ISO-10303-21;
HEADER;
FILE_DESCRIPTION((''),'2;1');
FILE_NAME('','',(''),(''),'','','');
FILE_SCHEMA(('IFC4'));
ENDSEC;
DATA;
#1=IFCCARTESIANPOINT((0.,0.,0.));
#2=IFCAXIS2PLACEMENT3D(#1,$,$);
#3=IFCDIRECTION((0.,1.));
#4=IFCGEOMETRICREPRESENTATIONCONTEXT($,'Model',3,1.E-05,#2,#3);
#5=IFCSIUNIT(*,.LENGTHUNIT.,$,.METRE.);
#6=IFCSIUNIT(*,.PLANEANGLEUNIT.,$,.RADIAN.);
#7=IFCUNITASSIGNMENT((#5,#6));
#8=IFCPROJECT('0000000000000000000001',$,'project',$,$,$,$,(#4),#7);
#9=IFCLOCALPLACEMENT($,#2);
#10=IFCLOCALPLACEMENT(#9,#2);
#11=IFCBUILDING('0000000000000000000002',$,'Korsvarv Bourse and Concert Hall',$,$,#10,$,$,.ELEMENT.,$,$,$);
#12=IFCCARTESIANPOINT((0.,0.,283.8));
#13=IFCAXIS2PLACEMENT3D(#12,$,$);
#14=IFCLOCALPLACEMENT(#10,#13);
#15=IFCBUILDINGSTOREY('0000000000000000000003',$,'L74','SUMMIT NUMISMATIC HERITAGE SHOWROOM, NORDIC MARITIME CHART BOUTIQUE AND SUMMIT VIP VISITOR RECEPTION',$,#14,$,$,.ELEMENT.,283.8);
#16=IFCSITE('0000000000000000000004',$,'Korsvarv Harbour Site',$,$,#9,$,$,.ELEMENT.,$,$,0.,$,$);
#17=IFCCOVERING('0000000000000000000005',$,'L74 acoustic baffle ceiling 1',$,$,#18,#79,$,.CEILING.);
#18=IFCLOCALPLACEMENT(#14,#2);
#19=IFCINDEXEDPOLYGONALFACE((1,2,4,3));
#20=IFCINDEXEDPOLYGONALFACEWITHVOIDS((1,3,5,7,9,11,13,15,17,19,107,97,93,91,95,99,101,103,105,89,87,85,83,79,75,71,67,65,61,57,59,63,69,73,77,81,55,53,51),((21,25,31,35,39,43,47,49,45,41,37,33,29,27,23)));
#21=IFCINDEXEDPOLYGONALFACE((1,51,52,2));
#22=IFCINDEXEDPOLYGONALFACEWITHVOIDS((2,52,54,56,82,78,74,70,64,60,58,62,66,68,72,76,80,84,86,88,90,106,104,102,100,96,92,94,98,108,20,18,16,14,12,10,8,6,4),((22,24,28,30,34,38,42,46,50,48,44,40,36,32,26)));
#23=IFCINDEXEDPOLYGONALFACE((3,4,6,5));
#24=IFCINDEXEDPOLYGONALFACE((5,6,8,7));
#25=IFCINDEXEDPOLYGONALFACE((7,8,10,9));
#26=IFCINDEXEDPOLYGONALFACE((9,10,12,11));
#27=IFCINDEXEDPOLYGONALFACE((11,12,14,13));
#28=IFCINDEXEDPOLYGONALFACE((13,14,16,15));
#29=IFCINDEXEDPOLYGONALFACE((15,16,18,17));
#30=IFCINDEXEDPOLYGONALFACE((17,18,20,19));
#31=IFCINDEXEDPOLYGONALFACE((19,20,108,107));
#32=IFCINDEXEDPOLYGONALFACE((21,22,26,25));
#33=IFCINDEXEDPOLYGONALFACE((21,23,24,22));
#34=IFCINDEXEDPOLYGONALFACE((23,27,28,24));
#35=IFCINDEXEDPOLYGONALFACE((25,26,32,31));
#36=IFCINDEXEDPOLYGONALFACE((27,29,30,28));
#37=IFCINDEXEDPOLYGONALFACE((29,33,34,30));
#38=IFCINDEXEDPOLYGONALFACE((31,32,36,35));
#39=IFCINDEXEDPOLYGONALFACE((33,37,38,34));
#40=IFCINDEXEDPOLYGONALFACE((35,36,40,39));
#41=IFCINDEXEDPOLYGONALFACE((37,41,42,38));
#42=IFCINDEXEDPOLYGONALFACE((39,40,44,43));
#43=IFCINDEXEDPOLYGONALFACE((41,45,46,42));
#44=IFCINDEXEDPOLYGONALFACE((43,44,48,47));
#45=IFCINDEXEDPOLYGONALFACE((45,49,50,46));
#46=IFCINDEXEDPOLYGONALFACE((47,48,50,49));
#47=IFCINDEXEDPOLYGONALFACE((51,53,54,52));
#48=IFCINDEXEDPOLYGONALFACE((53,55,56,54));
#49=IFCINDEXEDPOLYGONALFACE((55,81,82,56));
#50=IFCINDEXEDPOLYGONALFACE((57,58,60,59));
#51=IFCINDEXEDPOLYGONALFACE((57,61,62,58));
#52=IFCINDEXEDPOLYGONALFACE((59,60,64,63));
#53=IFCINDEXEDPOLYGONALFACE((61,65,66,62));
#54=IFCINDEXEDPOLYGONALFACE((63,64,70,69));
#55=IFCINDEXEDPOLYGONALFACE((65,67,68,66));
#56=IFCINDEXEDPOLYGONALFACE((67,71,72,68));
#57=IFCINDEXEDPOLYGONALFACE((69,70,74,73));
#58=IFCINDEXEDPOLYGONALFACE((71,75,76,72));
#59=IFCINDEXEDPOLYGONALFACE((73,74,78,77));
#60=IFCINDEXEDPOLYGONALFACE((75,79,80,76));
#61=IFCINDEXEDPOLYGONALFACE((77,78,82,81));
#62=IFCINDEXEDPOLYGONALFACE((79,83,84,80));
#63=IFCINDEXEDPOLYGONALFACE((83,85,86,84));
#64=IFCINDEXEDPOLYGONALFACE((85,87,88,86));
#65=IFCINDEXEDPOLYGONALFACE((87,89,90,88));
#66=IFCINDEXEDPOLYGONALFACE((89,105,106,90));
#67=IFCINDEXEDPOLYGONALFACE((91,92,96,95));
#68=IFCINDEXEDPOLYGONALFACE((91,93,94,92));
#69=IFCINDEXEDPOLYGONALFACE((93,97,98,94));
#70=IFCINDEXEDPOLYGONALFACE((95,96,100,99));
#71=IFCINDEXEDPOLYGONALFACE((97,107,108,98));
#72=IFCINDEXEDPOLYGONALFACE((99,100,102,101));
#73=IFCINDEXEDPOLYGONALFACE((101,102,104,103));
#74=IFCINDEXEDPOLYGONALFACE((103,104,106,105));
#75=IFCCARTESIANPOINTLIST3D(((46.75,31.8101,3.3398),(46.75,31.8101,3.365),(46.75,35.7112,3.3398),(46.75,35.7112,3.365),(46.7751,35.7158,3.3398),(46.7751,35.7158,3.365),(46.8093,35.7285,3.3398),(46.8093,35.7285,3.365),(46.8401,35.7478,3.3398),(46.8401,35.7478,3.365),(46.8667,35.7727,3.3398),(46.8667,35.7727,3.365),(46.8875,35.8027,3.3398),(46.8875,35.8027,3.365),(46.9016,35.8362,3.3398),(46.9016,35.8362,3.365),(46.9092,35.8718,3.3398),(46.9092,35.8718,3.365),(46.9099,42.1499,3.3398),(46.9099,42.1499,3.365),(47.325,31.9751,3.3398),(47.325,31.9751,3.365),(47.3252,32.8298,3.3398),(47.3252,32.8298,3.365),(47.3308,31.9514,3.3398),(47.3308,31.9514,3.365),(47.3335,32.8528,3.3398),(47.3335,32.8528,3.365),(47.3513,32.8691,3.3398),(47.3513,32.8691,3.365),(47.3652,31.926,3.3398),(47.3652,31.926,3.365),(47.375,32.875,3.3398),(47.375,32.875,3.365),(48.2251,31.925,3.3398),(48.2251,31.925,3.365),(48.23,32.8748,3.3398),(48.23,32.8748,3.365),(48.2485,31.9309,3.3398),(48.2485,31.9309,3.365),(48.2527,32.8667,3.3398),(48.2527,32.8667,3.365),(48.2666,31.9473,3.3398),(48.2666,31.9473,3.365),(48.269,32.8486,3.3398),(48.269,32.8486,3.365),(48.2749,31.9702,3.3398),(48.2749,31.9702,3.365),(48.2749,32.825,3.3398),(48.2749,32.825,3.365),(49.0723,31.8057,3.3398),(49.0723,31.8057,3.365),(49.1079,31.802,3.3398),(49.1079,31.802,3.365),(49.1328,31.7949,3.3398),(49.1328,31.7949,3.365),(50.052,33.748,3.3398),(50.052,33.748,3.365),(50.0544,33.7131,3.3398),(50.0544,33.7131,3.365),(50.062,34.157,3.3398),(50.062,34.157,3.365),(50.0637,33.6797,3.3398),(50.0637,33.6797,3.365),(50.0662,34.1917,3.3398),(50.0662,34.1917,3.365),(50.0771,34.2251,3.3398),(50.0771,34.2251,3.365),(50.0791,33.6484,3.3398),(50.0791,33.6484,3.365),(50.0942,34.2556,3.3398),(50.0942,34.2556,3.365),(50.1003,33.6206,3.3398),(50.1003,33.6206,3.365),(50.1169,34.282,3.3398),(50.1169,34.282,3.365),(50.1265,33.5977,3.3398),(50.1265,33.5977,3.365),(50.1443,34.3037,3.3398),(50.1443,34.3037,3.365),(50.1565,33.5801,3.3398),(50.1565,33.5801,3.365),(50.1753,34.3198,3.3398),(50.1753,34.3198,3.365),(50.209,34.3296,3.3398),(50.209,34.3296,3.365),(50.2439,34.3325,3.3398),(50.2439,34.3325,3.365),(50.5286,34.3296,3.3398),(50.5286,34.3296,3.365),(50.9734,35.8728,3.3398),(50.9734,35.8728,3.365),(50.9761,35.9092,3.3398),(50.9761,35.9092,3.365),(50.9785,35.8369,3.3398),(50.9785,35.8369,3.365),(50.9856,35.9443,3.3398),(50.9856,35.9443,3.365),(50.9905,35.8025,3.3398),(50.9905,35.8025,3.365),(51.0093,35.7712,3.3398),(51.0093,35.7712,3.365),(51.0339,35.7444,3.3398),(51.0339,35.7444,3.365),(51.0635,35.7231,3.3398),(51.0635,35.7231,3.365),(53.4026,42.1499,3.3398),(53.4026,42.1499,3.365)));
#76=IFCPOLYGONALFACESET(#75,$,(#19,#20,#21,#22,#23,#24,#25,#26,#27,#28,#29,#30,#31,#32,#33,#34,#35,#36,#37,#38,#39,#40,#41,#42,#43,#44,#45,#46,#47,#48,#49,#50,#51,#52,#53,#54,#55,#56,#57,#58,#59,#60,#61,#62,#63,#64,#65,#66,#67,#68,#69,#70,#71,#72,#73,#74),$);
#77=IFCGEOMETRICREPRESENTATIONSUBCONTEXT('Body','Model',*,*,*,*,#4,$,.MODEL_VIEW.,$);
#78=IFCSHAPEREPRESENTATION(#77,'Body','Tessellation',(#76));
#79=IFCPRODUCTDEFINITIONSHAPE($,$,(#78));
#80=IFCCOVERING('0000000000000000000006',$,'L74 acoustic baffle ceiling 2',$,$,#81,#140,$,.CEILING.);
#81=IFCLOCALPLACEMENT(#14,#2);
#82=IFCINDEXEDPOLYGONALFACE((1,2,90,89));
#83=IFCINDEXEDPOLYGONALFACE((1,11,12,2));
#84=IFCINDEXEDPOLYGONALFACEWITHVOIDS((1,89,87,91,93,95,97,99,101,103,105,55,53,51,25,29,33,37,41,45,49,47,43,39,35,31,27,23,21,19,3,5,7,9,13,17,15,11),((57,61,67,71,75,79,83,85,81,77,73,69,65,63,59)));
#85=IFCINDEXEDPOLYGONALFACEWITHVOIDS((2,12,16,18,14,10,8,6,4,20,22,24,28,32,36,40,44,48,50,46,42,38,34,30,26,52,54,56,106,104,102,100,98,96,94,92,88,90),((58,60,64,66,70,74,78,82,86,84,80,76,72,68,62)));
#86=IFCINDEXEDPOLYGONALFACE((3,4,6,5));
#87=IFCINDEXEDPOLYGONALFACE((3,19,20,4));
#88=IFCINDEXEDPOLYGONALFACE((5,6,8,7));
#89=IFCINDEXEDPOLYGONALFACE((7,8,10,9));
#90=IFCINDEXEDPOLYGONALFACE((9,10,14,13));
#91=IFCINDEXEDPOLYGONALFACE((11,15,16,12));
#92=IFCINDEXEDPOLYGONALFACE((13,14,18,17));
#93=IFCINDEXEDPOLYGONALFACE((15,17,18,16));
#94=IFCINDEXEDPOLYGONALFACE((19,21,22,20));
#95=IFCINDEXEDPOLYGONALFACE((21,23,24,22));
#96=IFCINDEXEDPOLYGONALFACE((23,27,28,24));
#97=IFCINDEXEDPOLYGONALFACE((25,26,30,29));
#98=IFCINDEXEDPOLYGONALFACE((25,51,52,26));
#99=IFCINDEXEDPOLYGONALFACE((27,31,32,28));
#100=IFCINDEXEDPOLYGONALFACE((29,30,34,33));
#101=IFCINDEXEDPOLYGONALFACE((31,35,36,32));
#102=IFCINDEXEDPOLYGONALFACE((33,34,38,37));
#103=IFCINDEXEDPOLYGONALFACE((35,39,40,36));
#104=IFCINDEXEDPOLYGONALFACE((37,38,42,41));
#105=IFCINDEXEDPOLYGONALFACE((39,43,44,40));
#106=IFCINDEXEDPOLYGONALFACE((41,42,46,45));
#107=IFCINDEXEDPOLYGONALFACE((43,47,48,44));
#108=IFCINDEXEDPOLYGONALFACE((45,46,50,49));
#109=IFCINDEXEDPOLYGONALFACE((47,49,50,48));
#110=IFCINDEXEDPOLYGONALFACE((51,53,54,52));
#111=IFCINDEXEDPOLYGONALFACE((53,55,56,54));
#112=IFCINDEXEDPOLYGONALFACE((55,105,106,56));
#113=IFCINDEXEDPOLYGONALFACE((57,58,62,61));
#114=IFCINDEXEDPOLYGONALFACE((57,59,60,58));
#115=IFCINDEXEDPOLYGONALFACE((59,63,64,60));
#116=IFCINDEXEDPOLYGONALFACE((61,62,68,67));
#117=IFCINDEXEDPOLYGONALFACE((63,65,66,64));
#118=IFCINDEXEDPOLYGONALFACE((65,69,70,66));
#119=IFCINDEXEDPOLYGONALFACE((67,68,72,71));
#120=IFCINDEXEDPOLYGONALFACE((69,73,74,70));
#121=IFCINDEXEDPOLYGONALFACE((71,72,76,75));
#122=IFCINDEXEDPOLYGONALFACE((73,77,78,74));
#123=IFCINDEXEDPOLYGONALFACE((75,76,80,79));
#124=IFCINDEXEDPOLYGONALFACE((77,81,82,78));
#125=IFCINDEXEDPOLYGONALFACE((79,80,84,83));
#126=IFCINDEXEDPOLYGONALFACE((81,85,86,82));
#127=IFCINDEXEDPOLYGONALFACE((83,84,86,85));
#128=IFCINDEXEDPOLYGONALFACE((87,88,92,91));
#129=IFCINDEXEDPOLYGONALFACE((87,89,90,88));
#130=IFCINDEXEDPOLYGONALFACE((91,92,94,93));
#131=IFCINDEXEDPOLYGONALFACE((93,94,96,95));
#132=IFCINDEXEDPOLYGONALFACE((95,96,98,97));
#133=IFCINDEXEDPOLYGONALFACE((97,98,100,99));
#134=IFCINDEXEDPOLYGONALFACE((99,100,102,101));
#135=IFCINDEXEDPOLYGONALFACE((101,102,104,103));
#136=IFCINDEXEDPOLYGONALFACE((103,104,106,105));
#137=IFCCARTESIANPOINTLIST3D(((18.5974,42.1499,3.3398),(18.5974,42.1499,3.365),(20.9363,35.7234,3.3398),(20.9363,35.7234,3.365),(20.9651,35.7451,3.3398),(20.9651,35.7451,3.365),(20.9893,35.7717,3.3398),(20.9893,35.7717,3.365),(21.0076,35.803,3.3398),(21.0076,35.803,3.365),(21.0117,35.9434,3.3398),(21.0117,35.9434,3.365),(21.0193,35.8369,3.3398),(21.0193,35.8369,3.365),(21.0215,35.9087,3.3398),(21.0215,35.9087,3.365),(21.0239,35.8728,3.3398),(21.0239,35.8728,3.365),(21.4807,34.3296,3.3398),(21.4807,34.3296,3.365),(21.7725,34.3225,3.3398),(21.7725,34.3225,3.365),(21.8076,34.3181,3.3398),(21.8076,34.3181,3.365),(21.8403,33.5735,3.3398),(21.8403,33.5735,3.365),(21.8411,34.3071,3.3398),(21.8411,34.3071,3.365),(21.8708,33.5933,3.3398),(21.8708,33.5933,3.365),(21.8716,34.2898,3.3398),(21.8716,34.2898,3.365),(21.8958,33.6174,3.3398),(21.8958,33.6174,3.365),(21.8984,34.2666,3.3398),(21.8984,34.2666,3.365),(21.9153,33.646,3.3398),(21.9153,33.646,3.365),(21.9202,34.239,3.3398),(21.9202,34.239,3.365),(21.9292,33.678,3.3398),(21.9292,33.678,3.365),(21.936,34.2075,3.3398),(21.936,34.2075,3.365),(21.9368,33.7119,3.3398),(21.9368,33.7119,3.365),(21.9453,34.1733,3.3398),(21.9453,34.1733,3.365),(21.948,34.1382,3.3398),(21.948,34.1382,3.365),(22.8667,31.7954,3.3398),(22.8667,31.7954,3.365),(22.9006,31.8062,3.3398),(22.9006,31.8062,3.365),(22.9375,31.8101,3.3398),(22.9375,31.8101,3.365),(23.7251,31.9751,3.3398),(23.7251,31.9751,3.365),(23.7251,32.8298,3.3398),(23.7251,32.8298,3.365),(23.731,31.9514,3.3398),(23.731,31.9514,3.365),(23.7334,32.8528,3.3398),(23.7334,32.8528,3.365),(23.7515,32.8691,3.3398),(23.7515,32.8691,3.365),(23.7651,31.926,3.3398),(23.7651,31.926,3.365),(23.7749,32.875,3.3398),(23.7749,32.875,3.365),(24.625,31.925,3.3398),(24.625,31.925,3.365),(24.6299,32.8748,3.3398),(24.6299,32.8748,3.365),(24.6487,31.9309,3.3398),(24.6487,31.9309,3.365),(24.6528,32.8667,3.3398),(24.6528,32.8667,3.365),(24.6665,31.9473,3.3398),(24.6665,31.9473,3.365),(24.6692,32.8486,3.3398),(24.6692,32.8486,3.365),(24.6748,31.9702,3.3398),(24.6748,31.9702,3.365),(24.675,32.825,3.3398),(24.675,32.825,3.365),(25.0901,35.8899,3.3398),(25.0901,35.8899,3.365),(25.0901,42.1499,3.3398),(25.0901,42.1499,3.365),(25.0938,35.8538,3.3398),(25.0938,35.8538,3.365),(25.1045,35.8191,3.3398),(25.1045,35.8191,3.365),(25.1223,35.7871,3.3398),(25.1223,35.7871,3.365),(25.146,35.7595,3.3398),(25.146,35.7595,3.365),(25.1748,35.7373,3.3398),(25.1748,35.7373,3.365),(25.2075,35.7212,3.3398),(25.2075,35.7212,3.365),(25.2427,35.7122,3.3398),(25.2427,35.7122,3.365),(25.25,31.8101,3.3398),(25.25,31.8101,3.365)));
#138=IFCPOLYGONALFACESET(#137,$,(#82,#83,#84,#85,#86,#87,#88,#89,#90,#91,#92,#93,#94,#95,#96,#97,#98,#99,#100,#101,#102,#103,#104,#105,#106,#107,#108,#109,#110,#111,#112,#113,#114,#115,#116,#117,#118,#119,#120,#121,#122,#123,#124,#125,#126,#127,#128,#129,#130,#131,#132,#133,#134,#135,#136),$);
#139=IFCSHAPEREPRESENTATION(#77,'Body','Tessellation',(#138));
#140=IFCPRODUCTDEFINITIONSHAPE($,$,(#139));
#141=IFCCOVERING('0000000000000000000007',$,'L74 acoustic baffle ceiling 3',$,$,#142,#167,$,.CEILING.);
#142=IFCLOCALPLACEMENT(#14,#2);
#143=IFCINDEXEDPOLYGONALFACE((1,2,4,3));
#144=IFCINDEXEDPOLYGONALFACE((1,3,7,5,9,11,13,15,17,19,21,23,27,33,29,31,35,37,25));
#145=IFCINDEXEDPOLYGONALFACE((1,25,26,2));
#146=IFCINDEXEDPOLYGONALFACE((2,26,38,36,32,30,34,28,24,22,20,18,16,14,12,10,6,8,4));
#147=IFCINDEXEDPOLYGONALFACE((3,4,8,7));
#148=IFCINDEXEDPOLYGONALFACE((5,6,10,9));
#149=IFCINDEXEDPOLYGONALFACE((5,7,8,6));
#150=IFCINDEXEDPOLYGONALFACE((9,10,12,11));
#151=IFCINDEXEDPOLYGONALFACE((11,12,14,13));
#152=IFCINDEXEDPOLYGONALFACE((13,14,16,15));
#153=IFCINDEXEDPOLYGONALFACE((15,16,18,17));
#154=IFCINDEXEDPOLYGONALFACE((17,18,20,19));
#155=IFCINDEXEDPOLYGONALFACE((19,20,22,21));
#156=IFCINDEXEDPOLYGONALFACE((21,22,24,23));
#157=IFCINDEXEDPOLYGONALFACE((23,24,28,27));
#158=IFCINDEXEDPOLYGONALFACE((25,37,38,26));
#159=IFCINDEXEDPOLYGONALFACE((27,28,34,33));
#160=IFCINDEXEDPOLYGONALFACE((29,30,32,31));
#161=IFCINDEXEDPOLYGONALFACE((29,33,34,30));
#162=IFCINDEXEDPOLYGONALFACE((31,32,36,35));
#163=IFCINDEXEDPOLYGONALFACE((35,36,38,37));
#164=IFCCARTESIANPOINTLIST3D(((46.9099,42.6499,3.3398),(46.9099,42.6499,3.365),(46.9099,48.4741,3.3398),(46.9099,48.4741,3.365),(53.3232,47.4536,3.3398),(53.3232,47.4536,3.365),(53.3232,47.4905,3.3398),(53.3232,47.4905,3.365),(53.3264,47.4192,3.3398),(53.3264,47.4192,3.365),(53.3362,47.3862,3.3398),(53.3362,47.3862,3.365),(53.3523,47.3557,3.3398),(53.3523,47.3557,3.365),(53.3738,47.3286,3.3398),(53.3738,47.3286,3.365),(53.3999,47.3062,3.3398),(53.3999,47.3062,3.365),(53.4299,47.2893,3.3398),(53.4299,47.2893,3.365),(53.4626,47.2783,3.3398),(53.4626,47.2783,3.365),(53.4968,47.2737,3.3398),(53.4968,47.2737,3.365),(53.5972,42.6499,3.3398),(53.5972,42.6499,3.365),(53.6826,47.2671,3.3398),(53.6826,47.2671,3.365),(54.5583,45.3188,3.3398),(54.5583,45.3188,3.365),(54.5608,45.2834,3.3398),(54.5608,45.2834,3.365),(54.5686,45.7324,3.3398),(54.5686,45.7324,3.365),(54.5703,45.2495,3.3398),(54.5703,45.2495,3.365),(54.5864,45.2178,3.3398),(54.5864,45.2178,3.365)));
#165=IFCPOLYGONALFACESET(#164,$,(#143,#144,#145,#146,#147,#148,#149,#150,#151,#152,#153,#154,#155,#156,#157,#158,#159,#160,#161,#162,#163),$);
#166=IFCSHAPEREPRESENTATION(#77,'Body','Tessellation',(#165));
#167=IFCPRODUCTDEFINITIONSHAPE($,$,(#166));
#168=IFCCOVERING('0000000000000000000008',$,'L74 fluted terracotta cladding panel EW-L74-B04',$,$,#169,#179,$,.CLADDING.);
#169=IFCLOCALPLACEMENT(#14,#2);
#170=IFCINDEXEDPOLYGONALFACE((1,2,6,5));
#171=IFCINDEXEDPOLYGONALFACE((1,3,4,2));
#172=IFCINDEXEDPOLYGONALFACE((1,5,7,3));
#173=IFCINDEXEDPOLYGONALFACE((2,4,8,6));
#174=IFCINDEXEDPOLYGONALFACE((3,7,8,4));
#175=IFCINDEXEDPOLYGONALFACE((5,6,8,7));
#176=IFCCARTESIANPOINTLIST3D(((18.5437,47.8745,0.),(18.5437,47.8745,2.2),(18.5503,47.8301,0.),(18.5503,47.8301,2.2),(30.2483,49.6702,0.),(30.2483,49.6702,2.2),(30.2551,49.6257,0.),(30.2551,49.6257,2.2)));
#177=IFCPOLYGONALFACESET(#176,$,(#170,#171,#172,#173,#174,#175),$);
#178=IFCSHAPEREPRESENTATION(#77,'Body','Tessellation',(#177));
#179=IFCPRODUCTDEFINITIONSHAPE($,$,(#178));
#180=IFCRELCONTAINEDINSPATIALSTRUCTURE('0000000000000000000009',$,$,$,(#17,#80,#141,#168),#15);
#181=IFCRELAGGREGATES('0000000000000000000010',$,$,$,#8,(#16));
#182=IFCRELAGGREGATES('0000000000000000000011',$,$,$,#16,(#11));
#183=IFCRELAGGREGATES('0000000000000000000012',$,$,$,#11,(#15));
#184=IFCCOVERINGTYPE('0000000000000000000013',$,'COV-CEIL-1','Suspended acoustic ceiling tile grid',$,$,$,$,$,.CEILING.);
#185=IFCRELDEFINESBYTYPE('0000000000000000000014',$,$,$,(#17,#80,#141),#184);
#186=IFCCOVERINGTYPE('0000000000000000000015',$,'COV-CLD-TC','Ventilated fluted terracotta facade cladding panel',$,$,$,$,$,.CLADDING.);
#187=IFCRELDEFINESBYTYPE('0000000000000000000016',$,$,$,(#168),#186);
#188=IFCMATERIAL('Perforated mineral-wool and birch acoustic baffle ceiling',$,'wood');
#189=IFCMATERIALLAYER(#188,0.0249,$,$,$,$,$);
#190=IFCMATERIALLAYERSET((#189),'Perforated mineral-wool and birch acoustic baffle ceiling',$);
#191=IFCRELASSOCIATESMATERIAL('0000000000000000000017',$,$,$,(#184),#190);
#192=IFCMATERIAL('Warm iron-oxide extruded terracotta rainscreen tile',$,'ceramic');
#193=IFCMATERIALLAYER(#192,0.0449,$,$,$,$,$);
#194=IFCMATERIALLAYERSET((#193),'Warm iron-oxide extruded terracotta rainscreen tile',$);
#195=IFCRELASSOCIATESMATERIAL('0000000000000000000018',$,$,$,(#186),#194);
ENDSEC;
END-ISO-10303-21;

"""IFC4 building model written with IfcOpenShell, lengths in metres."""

from ifc_helpers import new_model, si_unit, direction, frame, origin, place, context, subcontext, project, spatial, polyline, outline, extrude, material, layer, layer_set, type_object, element, save


model = new_model("IFC4")

# Units and contexts
model_context = context("Model", 3, precision=1e-05, world=origin(), true_north=direction((0.0, 1.0)))
body_context = subcontext(model_context, "Body", "Model", "MODEL_VIEW")
ifc_project = project(units=[si_unit("LENGTHUNIT", "METRE"), si_unit("PLANEANGLEUNIT", "RADIAN")], contexts=[model_context])

# Site, building, storey
site_placement = place(None, origin())
site = spatial("IfcSite", under=ifc_project, at=site_placement, Name="Korsvarv Harbour Site", CompositionType="ELEMENT", RefElevation=0.0)
building_placement = place(site_placement, origin())
building = spatial("IfcBuilding", under=site, at=building_placement, Name="Korsvarv Bourse and Concert Hall", CompositionType="ELEMENT")
storey_placement = place(building_placement, frame((0.0, 0.0, 283.8)))
storey = spatial("IfcBuildingStorey", under=building, at=storey_placement, Name="L74", Description="SUMMIT NUMISMATIC HERITAGE SHOWROOM, NORDIC MARITIME CHART BOUTIQUE AND SUMMIT VIP VISITOR RECEPTION", CompositionType="ELEMENT", Elevation=283.8)

# Coverings
ifc_material_1 = material(Name="Perforated mineral-wool and birch acoustic baffle ceiling", Category="wood")
ifc_layer_1 = layer(ifc_material_1, 0.0249)
ifc_layer_set_1 = layer_set([ifc_layer_1], Name="Perforated mineral-wool and birch acoustic baffle ceiling")
covering_type_1 = type_object("IfcCoveringType", Name="COV-CEIL-1", Description="Suspended acoustic ceiling tile grid", PredefinedType="CEILING", material=ifc_layer_set_1)
covering_1_placement = place(storey_placement, frame((0.0, 0.0, 3.3398)))
element("IfcCovering", 1, at=covering_1_placement, inside=storey, type_object=covering_type_1, Name="L74 acoustic baffle ceiling 1", PredefinedType="CEILING", context=body_context, shape_type="SweptSolid", body=[
    extrude(outline(polyline([(46.75, 35.7112), (46.7751, 35.7158), (46.8093, 35.7285), (46.8401, 35.7478), (46.8667, 35.7727), (46.8875, 35.8027), (46.9016, 35.8362), (46.9092, 35.8718), (46.9099, 42.1499), (53.4026, 42.1499), (50.9856, 35.9443), (50.9761, 35.9092), (50.9734, 35.8728), (50.9785, 35.8369), (50.9905, 35.8025), (51.0093, 35.7712), (51.0339, 35.7444), (51.0635, 35.7231), (50.5286, 34.3296), (50.2439, 34.3325), (50.209, 34.3296), (50.1753, 34.3198), (50.1443, 34.3037), (50.1169, 34.282), (50.0942, 34.2556), (50.0771, 34.2251), (50.0662, 34.1917), (50.062, 34.157), (50.052, 33.748), (50.0544, 33.7131), (50.0637, 33.6797), (50.0791, 33.6484), (50.1003, 33.6206), (50.1265, 33.5977), (50.1565, 33.5801), (49.1328, 31.7949), (49.1079, 31.802), (49.0723, 31.8057), (46.75, 31.8101), (46.75, 35.7112)]), holes=[polyline([(47.3652, 31.926), (48.2251, 31.925), (48.2485, 31.9309), (48.2666, 31.9473), (48.2749, 31.9702), (48.2749, 32.825), (48.269, 32.8486), (48.2527, 32.8667), (48.23, 32.8748), (47.375, 32.875), (47.3513, 32.8691), (47.3335, 32.8528), (47.3252, 32.8298), (47.325, 31.9751), (47.3308, 31.9514), (47.3652, 31.926)])]), origin(), (0.0, 0.0, 1.0), 0.0251),
])
covering_2_placement = place(storey_placement, frame((0.0, 0.0, 3.3398)))
element("IfcCovering", 2, at=covering_2_placement, inside=storey, type_object=covering_type_1, Name="L74 acoustic baffle ceiling 2", PredefinedType="CEILING", context=body_context, shape_type="SweptSolid", body=[
    extrude(outline(polyline([(20.9363, 35.7234), (20.9651, 35.7451), (20.9893, 35.7717), (21.0076, 35.803), (21.0193, 35.8369), (21.0239, 35.8728), (21.0215, 35.9087), (21.0117, 35.9434), (18.5974, 42.1499), (25.0901, 42.1499), (25.0901, 35.8899), (25.0938, 35.8538), (25.1045, 35.8191), (25.1223, 35.7871), (25.146, 35.7595), (25.1748, 35.7373), (25.2075, 35.7212), (25.2427, 35.7122), (25.25, 31.8101), (22.9375, 31.8101), (22.9006, 31.8062), (22.8667, 31.7954), (21.8403, 33.5735), (21.8708, 33.5933), (21.8958, 33.6174), (21.9153, 33.646), (21.9292, 33.678), (21.9368, 33.7119), (21.948, 34.1382), (21.9453, 34.1733), (21.936, 34.2075), (21.9202, 34.239), (21.8984, 34.2666), (21.8716, 34.2898), (21.8411, 34.3071), (21.8076, 34.3181), (21.7725, 34.3225), (21.4807, 34.3296), (20.9363, 35.7234)]), holes=[polyline([(23.7651, 31.926), (24.625, 31.925), (24.6487, 31.9309), (24.6665, 31.9473), (24.6748, 31.9702), (24.675, 32.825), (24.6692, 32.8486), (24.6528, 32.8667), (24.6299, 32.8748), (23.7749, 32.875), (23.7515, 32.8691), (23.7334, 32.8528), (23.7251, 32.8298), (23.7251, 31.9751), (23.731, 31.9514), (23.7651, 31.926)])]), origin(), (0.0, 0.0, 1.0), 0.0251),
])
covering_3_placement = place(storey_placement, frame((0.0, 0.0, 3.3398)))
element("IfcCovering", 3, at=covering_3_placement, inside=storey, type_object=covering_type_1, Name="L74 acoustic baffle ceiling 3", PredefinedType="CEILING", context=body_context, shape_type="SweptSolid", body=[
    extrude(outline(polyline([(53.3232, 47.4536), (53.3264, 47.4192), (53.3362, 47.3862), (53.3523, 47.3557), (53.3738, 47.3286), (53.3999, 47.3062), (53.4299, 47.2893), (53.4626, 47.2783), (53.4968, 47.2737), (53.6826, 47.2671), (54.5686, 45.7324), (54.5583, 45.3188), (54.5608, 45.2834), (54.5703, 45.2495), (54.5864, 45.2178), (53.5972, 42.6499), (46.9099, 42.6499), (46.9099, 48.4741), (53.3232, 47.4905), (53.3232, 47.4536)])), origin(), (0.0, 0.0, 1.0), 0.0251),
])
ifc_material_2 = material(Name="Warm iron-oxide extruded terracotta rainscreen tile", Category="ceramic")
ifc_layer_2 = layer(ifc_material_2, 0.0449)
ifc_layer_set_2 = layer_set([ifc_layer_2], Name="Warm iron-oxide extruded terracotta rainscreen tile")
covering_type_2 = type_object("IfcCoveringType", Name="COV-CLD-TC", Description="Ventilated fluted terracotta facade cladding panel", PredefinedType="CLADDING", material=ifc_layer_set_2)
covering_4_placement = place(storey_placement, origin())
element("IfcCovering", 4, at=covering_4_placement, inside=storey, type_object=covering_type_2, Name="L74 fluted terracotta cladding panel EW-L74-B04", PredefinedType="CLADDING", context=body_context, shape_type="SweptSolid", body=[
    extrude(outline(polyline([(30.2551, 49.6257), (18.5503, 47.8301), (18.5437, 47.8745), (30.2483, 49.6702), (30.2551, 49.6257)])), origin(), (0.0, 0.0, 1.0), 2.2),
])

save(model, "model.ifc")
